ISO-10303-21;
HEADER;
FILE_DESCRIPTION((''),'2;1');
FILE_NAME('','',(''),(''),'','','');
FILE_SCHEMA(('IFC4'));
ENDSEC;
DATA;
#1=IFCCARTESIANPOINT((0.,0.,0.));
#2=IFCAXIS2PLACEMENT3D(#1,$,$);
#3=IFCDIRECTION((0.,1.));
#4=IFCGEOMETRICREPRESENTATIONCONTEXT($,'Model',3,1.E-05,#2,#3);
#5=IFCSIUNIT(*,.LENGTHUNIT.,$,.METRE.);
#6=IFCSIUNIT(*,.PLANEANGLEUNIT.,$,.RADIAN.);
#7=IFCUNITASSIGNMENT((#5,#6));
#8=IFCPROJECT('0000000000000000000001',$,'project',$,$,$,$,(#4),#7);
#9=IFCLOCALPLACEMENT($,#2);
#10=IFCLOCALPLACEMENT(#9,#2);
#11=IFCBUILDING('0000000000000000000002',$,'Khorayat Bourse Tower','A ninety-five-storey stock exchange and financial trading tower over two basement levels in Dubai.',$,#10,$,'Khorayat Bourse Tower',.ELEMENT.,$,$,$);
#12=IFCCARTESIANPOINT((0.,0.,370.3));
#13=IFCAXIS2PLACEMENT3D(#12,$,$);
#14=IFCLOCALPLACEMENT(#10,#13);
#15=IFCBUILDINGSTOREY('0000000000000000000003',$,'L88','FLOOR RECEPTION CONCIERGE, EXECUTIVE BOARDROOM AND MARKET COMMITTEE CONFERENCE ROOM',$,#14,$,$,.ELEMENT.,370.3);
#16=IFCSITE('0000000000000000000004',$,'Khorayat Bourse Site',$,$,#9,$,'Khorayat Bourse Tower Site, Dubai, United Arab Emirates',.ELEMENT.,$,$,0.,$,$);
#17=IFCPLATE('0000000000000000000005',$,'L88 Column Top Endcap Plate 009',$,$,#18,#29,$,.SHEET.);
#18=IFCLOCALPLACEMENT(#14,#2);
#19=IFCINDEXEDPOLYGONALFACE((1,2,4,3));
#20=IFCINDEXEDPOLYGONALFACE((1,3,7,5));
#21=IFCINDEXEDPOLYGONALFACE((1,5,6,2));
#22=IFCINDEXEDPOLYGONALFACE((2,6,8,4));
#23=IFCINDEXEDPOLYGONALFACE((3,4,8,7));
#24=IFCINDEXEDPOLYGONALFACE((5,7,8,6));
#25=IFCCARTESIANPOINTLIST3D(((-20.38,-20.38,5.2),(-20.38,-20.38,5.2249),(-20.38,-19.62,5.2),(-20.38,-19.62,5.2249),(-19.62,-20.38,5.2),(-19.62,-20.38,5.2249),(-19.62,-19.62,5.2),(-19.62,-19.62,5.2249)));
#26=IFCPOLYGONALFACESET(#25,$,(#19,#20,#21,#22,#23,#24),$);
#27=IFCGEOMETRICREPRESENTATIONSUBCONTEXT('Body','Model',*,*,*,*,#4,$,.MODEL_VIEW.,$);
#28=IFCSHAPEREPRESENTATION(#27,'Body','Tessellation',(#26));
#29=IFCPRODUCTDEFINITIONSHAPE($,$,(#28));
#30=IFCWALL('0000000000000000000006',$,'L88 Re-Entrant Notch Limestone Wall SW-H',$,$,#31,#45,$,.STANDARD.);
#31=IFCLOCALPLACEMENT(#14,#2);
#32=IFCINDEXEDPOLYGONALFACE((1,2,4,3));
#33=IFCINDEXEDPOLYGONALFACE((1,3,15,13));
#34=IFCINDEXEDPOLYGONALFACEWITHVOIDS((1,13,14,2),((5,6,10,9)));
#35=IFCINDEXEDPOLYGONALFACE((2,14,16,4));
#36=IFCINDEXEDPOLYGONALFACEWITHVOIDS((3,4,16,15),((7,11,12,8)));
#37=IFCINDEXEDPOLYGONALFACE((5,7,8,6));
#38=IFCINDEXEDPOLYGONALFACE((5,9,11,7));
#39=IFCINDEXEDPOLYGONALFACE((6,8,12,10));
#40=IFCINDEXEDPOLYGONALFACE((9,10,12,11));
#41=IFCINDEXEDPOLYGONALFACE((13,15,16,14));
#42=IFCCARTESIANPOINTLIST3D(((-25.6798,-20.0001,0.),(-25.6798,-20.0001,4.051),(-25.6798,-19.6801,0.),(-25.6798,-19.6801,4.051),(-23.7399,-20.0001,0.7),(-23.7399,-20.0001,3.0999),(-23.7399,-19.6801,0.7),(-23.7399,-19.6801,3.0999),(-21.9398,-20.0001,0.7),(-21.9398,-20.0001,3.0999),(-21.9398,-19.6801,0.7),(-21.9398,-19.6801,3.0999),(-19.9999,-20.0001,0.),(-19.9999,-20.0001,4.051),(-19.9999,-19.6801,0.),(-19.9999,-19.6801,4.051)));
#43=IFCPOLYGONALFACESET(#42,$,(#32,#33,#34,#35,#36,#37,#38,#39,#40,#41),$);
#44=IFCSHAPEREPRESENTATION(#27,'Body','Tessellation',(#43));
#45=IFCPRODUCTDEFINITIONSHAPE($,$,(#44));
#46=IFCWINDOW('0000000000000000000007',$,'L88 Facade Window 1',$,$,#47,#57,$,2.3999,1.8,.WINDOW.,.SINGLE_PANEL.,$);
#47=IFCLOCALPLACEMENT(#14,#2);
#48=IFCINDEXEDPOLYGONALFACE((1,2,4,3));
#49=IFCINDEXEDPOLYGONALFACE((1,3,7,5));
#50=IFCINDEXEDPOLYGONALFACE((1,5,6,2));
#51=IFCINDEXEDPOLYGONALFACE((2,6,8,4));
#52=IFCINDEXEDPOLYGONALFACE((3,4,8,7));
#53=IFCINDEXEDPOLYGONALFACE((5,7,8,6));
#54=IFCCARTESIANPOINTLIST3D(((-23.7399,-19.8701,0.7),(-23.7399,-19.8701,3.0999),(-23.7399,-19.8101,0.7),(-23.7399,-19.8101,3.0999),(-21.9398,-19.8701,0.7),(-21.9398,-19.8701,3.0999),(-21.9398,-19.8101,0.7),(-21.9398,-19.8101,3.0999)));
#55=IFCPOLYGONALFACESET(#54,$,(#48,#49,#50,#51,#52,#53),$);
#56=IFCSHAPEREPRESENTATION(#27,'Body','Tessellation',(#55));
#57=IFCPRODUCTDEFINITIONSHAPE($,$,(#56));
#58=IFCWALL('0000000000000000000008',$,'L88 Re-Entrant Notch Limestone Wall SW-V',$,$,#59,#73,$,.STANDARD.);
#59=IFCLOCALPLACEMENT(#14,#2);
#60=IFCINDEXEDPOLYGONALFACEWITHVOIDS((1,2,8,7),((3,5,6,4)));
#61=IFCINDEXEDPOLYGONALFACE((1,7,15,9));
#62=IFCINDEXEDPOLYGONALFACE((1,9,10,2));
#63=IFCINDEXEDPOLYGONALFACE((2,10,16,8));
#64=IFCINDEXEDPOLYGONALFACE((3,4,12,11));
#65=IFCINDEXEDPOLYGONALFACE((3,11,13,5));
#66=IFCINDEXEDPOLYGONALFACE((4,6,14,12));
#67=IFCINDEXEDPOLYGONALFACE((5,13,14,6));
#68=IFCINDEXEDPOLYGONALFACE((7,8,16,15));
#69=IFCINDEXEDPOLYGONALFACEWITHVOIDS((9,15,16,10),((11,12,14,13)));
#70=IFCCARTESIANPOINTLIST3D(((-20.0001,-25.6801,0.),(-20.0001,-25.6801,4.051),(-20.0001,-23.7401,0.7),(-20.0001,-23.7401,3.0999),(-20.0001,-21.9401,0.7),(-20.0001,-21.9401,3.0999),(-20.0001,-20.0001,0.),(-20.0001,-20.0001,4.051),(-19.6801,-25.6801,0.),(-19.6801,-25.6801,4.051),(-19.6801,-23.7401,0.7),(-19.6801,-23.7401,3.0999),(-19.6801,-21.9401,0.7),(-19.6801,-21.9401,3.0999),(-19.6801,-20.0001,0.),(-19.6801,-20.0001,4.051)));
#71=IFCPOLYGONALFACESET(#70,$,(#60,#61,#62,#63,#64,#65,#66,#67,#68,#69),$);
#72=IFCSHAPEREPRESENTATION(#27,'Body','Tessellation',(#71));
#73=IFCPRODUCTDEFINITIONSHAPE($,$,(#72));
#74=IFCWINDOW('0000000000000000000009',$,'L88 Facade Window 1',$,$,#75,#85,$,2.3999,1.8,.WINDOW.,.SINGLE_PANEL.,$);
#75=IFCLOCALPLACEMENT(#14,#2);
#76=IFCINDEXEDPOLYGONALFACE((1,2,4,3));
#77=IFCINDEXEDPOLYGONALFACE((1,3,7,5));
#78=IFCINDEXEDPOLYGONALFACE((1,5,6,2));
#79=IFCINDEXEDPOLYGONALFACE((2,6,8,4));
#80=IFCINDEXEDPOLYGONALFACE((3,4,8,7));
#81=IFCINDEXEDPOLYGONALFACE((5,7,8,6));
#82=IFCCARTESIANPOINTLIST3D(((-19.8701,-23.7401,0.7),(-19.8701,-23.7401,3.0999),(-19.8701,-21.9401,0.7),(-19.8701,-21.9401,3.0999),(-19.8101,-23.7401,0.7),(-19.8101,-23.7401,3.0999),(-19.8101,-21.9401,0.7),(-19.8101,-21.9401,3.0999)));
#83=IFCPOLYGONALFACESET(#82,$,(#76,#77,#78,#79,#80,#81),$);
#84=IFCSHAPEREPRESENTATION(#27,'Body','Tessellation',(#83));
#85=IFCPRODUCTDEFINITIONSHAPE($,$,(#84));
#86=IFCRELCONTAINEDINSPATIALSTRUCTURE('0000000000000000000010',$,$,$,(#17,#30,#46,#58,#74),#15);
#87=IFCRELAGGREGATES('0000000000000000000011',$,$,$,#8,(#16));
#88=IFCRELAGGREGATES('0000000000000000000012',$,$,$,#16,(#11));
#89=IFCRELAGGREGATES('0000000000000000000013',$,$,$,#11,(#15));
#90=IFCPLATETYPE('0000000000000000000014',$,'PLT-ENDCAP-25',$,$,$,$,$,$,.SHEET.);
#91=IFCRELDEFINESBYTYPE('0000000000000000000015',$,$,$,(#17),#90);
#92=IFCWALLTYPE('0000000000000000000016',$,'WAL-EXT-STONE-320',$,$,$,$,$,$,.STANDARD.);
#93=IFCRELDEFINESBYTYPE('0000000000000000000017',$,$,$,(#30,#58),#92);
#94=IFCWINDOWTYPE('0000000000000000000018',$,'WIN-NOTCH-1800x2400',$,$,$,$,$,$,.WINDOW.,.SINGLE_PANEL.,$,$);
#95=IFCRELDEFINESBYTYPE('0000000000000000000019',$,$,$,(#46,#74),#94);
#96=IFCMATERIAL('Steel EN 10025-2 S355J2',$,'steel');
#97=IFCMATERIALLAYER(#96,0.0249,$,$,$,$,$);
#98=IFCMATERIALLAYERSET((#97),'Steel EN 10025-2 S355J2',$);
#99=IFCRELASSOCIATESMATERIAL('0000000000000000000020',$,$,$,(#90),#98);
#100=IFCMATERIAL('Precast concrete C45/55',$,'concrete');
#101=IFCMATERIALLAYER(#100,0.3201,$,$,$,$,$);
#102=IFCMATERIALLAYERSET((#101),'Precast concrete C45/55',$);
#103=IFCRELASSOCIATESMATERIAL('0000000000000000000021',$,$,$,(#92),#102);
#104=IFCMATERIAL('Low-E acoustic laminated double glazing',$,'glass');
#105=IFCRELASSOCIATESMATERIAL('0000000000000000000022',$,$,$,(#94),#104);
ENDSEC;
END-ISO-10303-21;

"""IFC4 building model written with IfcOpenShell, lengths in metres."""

from ifc_helpers import new_model, si_unit, direction, frame, frame_2d, origin, origin_2d, place, context, subcontext, project, spatial, rectangle, extrude, source, transform, mapped, material, layer, layer_set, type_object, element, fill, save


model = new_model("IFC4")

# Units and contexts
model_context = context("Model", 3, precision=1e-05, world=origin(), true_north=direction((0.0, 1.0)))
body_context = subcontext(model_context, "Body", "Model", "MODEL_VIEW")
ifc_project = project(units=[si_unit("LENGTHUNIT", "METRE"), si_unit("PLANEANGLEUNIT", "RADIAN")], contexts=[model_context])

# Site, building, storey
site_placement = place(None, origin())
site = spatial("IfcSite", under=ifc_project, at=site_placement, Name="Khorayat Bourse Site", LongName="Khorayat Bourse Tower Site, Dubai, United Arab Emirates", CompositionType="ELEMENT", RefElevation=0.0)
building_placement = place(site_placement, origin())
building = spatial("IfcBuilding", under=site, at=building_placement, Name="Khorayat Bourse Tower", Description="A ninety-five-storey stock exchange and financial trading tower over two basement levels in Dubai.", LongName="Khorayat Bourse Tower", CompositionType="ELEMENT")
storey_placement = place(building_placement, frame((0.0, 0.0, 370.3)))
storey = spatial("IfcBuildingStorey", under=building, at=storey_placement, Name="L88", Description="FLOOR RECEPTION CONCIERGE, EXECUTIVE BOARDROOM AND MARKET COMMITTEE CONFERENCE ROOM", CompositionType="ELEMENT", Elevation=370.3)

# Shared definitions
ifc_material_1 = material(Name="Steel EN 10025-2 S355J2", Category="steel")

# Plate
ifc_layer_1 = layer(ifc_material_1, 0.0249)
ifc_layer_set_1 = layer_set([ifc_layer_1], Name="Steel EN 10025-2 S355J2")
plate_type = type_object("IfcPlateType", Name="PLT-ENDCAP-25", PredefinedType="SHEET", material=ifc_layer_set_1)
shared_shape_1 = source(origin(), body_context, "Body", "SweptSolid", [
    extrude(rectangle(XDim=0.76, YDim=0.76, at=origin_2d()), origin(), (0.0, 0.0, 1.0), 0.0249),
])
for number, where, z_axis, x_axis, name in (
    (1, (-20.0, -20.0, 5.2), (0.0, 0.0, 1.0), (1.0, 0.0, 0.0), "L88 Column Top Endcap Plate 009"),
):
    element("IfcPlate", number, at=place(storey_placement, frame(where, z_axis=z_axis, x_axis=x_axis)), inside=storey, type_object=plate_type, Name=name, PredefinedType="SHEET", context=body_context, shape_type="MappedRepresentation", body=[
        mapped(shared_shape_1, transform((0.0, 0.0, 0.0), scale=1.0)),
    ])

# Walls, openings, windows
ifc_material_2 = material(Name="Precast concrete C45/55", Category="concrete")
ifc_layer_2 = layer(ifc_material_2, 0.3201)
ifc_layer_set_2 = layer_set([ifc_layer_2], Name="Precast concrete C45/55")
wall_type = type_object("IfcWallType", Name="WAL-EXT-STONE-320", PredefinedType="STANDARD", material=ifc_layer_set_2)
shared_shape_2 = source(origin(), body_context, "Body", "SweptSolid", [
    extrude(rectangle(XDim=5.6799, YDim=0.3201, at=frame_2d((2.8398, 0.0))), origin(), (0.0, 0.0, 1.0), 4.051),
])
wall_1_placement = place(storey_placement, frame((-20.0, -19.8401, 0.0), z_axis=(0.0, 0.0, 1.0), x_axis=(-1.0, 0.0, 0.0)))
wall_1 = element("IfcWall", 2, at=wall_1_placement, inside=storey, type_object=wall_type, Name="L88 Re-Entrant Notch Limestone Wall SW-H", PredefinedType="STANDARD", context=body_context, shape_type="MappedRepresentation", body=[
    mapped(shared_shape_2, transform((0.0, 0.0, 0.0), scale=1.0)),
])
shared_shape_3 = source(origin(), body_context, "Body", "SweptSolid", [
    extrude(rectangle(XDim=1.8, YDim=2.3999, at=frame_2d((0.8999, 1.2))), frame((0.0, 0.1699, 0.0), z_axis=(0.0, -1.0, 0.0), x_axis=(1.0, 0.0, 0.0)), (0.0, 0.0, 1.0), 0.3401),
])
opening_1_placement = place(wall_1_placement, frame((1.9399, 0.0, 0.7)))
opening_1 = element("IfcOpeningElement", 3, at=opening_1_placement, cuts=wall_1, PredefinedType="OPENING", context=body_context, shape_type="MappedRepresentation", body=[
    mapped(shared_shape_3, transform((0.0, 0.0, 0.0), scale=1.0)),
])
ifc_material_3 = material(Name="Low-E acoustic laminated double glazing", Category="glass")
window_type = type_object("IfcWindowType", Name="WIN-NOTCH-1800x2400", PartitioningType="SINGLE_PANEL", PredefinedType="WINDOW", material=ifc_material_3)
shared_shape_4 = source(origin(), body_context, "Body", "SweptSolid", [
    extrude(rectangle(XDim=1.8, YDim=2.3999, at=frame_2d((0.8999, 1.2))), frame((0.0, 0.03, 0.0), z_axis=(0.0, -1.0, 0.0), x_axis=(1.0, 0.0, 0.0)), (0.0, 0.0, 1.0), 0.0601),
])
window_1_placement = place(opening_1_placement, origin())
window_1 = element("IfcWindow", 4, at=window_1_placement, inside=storey, type_object=window_type, Name="L88 Facade Window 1", OverallHeight=2.3999, OverallWidth=1.8, PartitioningType="SINGLE_PANEL", PredefinedType="WINDOW", context=body_context, shape_type="MappedRepresentation", body=[
    mapped(shared_shape_4, transform((0.0, 0.0, 0.0), scale=1.0)),
])
fill(opening_1, window_1)
wall_2_placement = place(storey_placement, frame((-19.8401, -25.6799, 0.0), z_axis=(0.0, 0.0, 1.0), x_axis=(0.0, 1.0, 0.0)))
wall_2 = element("IfcWall", 5, at=wall_2_placement, inside=storey, type_object=wall_type, Name="L88 Re-Entrant Notch Limestone Wall SW-V", PredefinedType="STANDARD", context=body_context, shape_type="MappedRepresentation", body=[
    mapped(shared_shape_2, transform((0.0, 0.0, 0.0), scale=1.0)),
])
opening_2_placement = place(wall_2_placement, frame((1.9399, 0.0, 0.7)))
opening_2 = element("IfcOpeningElement", 6, at=opening_2_placement, cuts=wall_2, PredefinedType="OPENING", context=body_context, shape_type="MappedRepresentation", body=[
    mapped(shared_shape_3, transform((0.0, 0.0, 0.0), scale=1.0)),
])
window_2_placement = place(opening_2_placement, origin())
window_2 = element("IfcWindow", 7, at=window_2_placement, inside=storey, type_object=window_type, Name="L88 Facade Window 1", OverallHeight=2.3999, OverallWidth=1.8, PartitioningType="SINGLE_PANEL", PredefinedType="WINDOW", context=body_context, shape_type="MappedRepresentation", body=[
    mapped(shared_shape_4, transform((0.0, 0.0, 0.0), scale=1.0)),
])
fill(opening_2, window_2)

save(model, "model.ifc")
